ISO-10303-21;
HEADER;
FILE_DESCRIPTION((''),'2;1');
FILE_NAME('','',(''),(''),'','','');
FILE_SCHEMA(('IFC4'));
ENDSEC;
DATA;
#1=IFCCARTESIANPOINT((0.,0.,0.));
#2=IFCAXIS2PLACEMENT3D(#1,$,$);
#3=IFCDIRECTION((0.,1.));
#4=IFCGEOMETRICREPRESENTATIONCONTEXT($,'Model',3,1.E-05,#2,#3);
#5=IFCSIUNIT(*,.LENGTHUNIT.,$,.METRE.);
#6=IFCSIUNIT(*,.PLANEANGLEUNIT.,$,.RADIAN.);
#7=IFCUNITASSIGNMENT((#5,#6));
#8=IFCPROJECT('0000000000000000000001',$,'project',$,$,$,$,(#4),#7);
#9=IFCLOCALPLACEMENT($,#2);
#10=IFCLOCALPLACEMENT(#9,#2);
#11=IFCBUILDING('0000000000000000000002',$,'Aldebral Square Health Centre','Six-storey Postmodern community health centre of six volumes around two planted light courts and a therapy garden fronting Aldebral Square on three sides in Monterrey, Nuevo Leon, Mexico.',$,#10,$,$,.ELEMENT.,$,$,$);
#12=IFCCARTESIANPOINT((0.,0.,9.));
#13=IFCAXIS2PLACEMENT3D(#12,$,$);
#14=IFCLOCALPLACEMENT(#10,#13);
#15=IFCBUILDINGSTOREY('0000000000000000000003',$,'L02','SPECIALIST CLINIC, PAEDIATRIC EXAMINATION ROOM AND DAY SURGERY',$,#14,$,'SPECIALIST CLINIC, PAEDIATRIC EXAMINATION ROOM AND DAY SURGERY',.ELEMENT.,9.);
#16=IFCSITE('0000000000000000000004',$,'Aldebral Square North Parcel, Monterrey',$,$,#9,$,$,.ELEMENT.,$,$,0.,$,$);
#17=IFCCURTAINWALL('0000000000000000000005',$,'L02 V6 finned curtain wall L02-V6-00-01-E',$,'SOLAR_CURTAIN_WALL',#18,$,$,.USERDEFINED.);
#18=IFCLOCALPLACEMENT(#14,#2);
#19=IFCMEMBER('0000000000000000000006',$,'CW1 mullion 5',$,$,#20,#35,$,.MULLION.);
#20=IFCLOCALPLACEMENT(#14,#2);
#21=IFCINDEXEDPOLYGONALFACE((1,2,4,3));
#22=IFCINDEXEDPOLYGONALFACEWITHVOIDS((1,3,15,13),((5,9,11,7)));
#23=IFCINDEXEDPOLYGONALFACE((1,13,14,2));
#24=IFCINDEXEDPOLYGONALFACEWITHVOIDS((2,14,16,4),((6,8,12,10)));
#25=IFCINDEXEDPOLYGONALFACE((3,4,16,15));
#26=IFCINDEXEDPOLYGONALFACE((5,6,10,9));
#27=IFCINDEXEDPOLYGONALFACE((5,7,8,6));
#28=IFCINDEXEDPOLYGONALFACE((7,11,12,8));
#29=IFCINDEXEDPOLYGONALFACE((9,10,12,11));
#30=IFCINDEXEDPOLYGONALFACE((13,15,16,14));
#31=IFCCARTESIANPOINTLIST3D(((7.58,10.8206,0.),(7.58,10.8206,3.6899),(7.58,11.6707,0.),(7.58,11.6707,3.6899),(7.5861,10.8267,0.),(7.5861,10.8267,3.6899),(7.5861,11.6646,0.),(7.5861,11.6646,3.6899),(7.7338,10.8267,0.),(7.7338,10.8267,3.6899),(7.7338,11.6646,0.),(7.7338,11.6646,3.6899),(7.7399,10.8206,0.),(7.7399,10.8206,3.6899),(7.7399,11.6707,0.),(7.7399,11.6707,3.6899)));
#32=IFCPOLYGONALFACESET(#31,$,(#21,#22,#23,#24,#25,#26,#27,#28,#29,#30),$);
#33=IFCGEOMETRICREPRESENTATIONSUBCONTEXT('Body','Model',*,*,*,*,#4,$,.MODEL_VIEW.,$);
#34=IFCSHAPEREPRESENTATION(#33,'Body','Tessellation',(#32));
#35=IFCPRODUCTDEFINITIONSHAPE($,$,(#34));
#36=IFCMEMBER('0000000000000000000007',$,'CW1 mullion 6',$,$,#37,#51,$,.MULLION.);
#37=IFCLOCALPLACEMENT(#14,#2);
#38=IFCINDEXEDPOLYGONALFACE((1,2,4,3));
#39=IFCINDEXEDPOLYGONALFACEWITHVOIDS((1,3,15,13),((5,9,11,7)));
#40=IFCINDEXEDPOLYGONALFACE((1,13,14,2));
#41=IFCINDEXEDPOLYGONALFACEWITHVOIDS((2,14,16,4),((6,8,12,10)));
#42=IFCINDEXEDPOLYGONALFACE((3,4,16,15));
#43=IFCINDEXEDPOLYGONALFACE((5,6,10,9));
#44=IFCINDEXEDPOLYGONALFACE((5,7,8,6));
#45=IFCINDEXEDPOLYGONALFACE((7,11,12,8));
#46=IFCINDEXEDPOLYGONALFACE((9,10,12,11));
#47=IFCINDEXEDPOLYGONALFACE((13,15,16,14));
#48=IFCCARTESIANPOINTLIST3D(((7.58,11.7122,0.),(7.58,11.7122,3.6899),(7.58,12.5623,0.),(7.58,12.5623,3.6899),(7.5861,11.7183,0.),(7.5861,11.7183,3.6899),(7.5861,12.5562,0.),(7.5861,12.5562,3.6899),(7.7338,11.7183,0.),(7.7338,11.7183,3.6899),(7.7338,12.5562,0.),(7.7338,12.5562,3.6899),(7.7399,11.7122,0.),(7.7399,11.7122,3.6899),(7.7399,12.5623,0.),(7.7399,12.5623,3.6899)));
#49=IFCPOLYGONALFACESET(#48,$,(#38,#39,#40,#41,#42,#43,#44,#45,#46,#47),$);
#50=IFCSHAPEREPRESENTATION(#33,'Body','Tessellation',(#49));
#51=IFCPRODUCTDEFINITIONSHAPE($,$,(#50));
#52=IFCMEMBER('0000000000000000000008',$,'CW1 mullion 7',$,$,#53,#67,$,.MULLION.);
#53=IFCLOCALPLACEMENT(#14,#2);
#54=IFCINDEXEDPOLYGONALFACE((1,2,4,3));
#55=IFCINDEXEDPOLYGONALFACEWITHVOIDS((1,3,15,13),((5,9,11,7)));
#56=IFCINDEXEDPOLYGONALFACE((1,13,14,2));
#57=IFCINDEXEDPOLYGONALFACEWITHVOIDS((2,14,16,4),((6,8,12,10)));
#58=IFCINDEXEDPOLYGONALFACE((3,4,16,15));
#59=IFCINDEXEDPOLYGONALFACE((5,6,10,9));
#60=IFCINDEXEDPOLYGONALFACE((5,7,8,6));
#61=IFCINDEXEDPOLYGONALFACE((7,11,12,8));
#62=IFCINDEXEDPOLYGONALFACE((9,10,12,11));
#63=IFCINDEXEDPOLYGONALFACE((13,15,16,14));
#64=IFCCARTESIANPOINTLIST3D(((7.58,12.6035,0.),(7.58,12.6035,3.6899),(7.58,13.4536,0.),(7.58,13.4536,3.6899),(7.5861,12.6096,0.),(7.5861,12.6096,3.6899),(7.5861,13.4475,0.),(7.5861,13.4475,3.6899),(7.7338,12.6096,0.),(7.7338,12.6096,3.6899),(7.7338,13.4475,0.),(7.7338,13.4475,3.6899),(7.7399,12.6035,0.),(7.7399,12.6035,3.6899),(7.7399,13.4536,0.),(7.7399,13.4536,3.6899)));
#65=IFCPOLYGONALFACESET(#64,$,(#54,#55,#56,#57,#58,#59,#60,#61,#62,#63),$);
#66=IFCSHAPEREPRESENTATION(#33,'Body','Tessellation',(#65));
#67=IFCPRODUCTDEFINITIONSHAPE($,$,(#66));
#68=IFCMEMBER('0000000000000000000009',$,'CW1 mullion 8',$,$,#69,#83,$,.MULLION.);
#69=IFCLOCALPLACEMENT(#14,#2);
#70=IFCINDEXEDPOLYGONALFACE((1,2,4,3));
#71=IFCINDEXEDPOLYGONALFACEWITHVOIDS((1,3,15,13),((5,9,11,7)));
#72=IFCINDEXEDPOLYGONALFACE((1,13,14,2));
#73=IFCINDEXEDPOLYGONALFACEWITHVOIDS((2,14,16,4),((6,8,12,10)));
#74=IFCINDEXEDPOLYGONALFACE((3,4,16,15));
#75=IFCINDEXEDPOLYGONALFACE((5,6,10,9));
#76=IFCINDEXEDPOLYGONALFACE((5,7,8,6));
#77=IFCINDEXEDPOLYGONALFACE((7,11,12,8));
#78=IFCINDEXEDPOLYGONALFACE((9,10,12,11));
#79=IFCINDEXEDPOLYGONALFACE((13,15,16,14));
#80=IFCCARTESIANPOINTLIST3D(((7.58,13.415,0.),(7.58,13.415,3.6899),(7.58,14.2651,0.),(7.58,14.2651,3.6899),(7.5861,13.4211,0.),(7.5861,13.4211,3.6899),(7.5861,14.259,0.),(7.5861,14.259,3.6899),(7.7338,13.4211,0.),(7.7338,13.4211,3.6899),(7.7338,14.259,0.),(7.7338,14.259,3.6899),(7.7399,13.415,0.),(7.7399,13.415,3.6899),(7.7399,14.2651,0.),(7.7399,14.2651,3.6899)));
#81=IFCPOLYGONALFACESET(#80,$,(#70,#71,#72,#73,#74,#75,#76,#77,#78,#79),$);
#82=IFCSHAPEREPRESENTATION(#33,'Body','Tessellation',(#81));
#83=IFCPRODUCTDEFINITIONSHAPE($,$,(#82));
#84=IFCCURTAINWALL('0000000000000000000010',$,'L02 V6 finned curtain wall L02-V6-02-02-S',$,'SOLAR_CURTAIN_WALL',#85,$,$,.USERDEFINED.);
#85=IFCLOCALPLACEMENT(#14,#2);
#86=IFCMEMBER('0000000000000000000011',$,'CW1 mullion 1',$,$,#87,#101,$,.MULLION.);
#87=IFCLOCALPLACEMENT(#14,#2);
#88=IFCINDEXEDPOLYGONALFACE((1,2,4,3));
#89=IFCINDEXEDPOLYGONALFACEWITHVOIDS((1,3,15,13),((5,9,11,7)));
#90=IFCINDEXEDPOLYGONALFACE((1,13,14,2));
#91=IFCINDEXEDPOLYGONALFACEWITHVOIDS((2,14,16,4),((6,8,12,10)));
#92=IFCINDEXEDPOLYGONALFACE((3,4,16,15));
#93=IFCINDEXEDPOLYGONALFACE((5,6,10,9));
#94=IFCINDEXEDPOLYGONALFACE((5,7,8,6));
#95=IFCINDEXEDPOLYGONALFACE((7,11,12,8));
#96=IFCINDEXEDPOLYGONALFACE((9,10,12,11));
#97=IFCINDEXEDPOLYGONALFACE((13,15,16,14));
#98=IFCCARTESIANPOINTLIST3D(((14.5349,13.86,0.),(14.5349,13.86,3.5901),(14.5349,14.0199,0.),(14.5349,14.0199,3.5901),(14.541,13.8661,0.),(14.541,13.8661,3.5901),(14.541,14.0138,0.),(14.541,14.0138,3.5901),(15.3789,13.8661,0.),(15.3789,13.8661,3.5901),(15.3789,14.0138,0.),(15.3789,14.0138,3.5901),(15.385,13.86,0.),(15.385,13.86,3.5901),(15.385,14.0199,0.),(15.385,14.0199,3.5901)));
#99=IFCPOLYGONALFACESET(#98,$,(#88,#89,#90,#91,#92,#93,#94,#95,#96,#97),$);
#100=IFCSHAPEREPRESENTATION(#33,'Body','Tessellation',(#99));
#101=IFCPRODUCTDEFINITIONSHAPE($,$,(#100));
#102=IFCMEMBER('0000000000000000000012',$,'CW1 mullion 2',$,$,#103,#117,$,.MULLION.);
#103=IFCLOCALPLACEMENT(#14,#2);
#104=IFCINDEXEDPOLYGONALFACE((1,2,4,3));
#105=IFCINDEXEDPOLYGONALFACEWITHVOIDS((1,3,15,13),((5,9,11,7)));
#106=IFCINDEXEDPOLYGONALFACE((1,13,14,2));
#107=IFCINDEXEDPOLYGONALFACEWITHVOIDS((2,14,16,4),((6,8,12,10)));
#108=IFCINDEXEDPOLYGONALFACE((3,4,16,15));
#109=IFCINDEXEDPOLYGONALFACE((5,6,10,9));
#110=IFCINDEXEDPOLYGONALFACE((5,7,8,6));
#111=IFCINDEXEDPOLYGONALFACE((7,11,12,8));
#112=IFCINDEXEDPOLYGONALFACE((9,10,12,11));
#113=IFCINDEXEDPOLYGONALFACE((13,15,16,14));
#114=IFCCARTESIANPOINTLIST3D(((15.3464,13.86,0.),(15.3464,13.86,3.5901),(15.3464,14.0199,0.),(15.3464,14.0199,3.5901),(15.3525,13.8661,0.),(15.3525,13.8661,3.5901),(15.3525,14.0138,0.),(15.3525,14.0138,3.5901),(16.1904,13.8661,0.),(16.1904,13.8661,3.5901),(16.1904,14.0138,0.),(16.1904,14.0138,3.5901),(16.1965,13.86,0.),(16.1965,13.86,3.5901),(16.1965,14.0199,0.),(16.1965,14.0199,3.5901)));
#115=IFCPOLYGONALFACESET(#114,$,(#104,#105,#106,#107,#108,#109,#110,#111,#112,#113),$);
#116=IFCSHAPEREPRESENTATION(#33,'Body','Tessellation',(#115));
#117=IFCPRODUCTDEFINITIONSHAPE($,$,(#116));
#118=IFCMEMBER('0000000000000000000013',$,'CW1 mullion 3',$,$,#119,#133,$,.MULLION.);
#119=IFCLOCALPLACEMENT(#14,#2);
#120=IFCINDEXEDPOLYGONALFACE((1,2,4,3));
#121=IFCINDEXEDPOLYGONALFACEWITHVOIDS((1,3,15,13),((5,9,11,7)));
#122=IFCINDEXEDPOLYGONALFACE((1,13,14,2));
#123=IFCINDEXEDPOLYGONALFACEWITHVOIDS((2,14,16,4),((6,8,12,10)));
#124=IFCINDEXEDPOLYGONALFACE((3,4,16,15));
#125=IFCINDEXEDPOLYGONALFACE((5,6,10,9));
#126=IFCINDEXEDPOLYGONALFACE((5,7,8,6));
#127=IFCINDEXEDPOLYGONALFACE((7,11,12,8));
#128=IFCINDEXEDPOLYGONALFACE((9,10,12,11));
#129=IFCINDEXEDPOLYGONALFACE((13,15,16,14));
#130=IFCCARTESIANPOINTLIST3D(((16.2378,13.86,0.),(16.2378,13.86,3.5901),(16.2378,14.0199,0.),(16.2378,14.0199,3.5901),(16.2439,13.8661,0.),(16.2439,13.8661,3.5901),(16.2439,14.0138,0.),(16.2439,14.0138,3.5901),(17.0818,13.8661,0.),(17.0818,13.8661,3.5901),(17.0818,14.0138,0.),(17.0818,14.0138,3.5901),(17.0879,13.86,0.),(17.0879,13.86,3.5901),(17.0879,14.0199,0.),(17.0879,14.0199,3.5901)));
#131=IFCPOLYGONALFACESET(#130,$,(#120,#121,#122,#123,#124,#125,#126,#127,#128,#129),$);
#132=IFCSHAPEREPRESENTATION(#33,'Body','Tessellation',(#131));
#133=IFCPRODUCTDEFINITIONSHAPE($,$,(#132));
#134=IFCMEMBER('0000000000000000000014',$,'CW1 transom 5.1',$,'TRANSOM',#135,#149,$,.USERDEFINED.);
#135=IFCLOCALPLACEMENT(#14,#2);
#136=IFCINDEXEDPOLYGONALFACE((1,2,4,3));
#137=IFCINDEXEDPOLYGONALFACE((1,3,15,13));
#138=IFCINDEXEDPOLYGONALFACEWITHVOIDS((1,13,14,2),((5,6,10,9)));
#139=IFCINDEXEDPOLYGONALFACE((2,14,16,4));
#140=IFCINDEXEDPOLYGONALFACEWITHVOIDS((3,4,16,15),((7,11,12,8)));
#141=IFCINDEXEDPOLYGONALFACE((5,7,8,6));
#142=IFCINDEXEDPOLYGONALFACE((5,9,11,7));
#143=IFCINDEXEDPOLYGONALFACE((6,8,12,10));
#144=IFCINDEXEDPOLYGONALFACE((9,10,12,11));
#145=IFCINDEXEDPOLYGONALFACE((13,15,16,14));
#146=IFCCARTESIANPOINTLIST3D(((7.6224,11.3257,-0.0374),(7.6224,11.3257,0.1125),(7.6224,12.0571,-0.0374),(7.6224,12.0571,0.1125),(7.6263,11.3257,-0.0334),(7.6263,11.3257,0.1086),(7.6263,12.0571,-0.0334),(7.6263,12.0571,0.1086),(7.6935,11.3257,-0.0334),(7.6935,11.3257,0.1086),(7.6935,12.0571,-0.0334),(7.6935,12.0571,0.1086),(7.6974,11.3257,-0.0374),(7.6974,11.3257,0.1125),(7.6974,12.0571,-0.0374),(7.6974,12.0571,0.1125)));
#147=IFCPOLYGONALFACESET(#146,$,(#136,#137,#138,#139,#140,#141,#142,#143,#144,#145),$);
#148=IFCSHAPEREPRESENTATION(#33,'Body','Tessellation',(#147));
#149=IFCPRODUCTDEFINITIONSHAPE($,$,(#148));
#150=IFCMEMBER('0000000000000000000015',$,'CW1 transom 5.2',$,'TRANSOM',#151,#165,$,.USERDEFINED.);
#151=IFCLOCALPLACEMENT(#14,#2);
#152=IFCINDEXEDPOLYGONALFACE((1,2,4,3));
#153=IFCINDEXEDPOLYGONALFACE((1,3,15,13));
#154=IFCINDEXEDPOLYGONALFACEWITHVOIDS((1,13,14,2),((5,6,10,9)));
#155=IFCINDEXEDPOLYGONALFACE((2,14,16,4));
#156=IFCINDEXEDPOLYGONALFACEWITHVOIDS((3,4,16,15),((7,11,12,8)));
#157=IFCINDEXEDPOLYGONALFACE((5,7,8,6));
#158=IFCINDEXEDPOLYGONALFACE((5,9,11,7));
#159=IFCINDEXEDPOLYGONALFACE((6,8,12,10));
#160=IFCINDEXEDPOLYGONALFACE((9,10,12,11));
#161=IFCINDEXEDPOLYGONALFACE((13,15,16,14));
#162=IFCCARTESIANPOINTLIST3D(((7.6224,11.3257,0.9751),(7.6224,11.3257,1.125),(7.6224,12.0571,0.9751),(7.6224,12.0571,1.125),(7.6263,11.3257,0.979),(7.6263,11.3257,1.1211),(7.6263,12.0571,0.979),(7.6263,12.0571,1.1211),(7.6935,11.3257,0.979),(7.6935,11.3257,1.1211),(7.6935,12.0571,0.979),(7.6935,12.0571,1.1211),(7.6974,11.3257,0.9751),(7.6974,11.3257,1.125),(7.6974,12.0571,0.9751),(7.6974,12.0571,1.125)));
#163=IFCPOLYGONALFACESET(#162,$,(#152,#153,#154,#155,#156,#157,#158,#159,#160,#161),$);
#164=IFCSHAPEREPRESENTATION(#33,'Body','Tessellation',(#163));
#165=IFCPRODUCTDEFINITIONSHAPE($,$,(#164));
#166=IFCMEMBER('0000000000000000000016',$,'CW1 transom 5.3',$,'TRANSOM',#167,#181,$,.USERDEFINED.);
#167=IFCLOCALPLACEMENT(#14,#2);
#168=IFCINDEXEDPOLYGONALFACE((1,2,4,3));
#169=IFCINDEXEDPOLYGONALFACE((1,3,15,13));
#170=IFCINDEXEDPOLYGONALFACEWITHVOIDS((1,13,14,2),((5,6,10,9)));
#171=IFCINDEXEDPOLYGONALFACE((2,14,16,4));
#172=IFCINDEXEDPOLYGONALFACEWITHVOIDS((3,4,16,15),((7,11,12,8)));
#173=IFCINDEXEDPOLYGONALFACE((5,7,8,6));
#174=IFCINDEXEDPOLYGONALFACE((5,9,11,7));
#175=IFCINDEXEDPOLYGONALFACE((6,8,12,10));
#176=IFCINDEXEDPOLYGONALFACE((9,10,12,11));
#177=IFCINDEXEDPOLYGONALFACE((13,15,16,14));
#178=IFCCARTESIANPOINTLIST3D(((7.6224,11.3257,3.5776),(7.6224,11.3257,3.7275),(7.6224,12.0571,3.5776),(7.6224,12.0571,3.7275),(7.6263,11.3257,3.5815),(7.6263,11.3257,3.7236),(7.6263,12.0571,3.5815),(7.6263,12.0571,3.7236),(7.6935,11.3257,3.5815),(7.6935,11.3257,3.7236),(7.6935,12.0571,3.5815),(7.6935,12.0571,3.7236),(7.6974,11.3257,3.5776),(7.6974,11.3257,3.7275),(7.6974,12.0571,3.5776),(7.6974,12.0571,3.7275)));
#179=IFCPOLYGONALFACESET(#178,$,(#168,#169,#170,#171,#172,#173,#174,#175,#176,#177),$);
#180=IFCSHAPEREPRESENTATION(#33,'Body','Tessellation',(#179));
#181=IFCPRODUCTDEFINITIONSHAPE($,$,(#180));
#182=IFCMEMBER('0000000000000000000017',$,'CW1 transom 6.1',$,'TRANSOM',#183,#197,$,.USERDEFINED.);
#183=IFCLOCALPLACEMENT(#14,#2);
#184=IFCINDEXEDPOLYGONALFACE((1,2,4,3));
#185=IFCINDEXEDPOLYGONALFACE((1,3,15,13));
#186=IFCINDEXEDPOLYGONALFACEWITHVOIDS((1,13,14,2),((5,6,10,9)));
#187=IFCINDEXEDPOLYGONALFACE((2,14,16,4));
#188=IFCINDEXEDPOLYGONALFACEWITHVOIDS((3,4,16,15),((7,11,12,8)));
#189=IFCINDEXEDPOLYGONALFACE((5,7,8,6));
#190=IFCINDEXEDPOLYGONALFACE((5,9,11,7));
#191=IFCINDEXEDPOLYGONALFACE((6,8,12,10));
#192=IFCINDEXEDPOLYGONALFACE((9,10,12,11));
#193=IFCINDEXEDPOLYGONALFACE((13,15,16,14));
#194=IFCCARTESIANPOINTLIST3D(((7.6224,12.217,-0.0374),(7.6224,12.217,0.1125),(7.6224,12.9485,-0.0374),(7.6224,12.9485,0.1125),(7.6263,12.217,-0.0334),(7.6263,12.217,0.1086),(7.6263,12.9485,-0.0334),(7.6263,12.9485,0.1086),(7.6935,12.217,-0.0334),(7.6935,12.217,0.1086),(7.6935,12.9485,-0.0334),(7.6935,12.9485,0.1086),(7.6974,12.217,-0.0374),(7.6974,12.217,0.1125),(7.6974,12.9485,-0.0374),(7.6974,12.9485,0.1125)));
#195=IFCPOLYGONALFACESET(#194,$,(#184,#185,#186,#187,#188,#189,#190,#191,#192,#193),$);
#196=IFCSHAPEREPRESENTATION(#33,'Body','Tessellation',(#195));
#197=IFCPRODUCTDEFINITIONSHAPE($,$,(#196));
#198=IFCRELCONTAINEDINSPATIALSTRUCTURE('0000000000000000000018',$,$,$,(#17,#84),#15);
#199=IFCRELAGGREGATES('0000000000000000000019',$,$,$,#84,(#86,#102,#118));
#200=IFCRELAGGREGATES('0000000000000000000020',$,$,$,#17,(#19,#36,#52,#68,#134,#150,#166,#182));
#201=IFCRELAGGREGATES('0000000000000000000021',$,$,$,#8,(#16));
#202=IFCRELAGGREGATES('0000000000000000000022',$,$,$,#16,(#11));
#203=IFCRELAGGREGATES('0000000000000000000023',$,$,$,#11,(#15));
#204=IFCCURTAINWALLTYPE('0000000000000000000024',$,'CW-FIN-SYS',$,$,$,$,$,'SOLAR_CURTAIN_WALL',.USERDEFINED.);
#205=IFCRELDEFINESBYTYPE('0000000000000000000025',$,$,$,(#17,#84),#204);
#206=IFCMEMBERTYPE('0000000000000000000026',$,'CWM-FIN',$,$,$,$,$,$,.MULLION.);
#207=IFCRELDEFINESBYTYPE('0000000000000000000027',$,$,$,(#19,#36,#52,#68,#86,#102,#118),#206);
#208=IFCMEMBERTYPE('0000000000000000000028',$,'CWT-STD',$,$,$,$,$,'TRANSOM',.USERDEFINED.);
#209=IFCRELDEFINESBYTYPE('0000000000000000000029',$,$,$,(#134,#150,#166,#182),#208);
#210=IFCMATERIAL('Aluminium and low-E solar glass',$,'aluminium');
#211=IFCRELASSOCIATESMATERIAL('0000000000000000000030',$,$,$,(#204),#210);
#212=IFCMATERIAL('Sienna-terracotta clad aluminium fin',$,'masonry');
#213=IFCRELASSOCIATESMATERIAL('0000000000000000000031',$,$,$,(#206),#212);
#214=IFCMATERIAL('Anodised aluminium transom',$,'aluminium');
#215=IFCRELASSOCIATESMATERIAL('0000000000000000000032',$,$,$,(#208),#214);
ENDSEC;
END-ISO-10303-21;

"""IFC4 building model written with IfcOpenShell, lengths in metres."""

from ifc_helpers import new_model, si_unit, direction, frame, origin, origin_2d, place, context, subcontext, project, spatial, hollow_rectangle, extrude, material, material_profile, profile_set, type_object, element, aggregate, save


model = new_model("IFC4")

# Units and contexts
model_context = context("Model", 3, precision=1e-05, world=origin(), true_north=direction((0.0, 1.0)))
body_context = subcontext(model_context, "Body", "Model", "MODEL_VIEW")
ifc_project = project(units=[si_unit("LENGTHUNIT", "METRE"), si_unit("PLANEANGLEUNIT", "RADIAN")], contexts=[model_context])

# Site, building, storey
site_placement = place(None, origin())
site = spatial("IfcSite", under=ifc_project, at=site_placement, Name="Aldebral Square North Parcel, Monterrey", CompositionType="ELEMENT", RefElevation=0.0)
building_placement = place(site_placement, origin())
building = spatial("IfcBuilding", under=site, at=building_placement, Name="Aldebral Square Health Centre", Description="Six-storey Postmodern community health centre of six volumes around two planted light courts and a therapy garden fronting Aldebral Square on three sides in Monterrey, Nuevo Leon, Mexico.", CompositionType="ELEMENT")
storey_placement = place(building_placement, frame((0.0, 0.0, 9.0)))
storey = spatial("IfcBuildingStorey", under=building, at=storey_placement, Name="L02", Description="SPECIALIST CLINIC, PAEDIATRIC EXAMINATION ROOM AND DAY SURGERY", LongName="SPECIALIST CLINIC, PAEDIATRIC EXAMINATION ROOM AND DAY SURGERY", CompositionType="ELEMENT", Elevation=9.0)

# Curtain walls, members
ifc_material_1 = material(Name="Aluminium and low-E solar glass", Category="aluminium")
curtain_wall_type = type_object("IfcCurtainWallType", Name="CW-FIN-SYS", ElementType="SOLAR_CURTAIN_WALL", PredefinedType="USERDEFINED", material=ifc_material_1)
curtain_wall_1_placement = place(storey_placement, origin())
curtain_wall_1 = element("IfcCurtainWall", 1, at=curtain_wall_1_placement, inside=storey, type_object=curtain_wall_type, Name="L02 V6 finned curtain wall L02-V6-00-01-E", ObjectType="SOLAR_CURTAIN_WALL", PredefinedType="USERDEFINED")
ifc_material_2 = material(Name="Sienna-terracotta clad aluminium fin", Category="masonry")
ifc_material_profile_1 = material_profile(ifc_material_2, hollow_rectangle(XDim=0.1599, YDim=0.8501, WallThickness=0.0061, at=origin_2d()), Name="FIN 160x850x6")
ifc_profile_set_1 = profile_set([ifc_material_profile_1], Name="Sienna-terracotta clad aluminium fin")
member_type_1 = type_object("IfcMemberType", Name="CWM-FIN", PredefinedType="MULLION", material=ifc_profile_set_1)
member_1_placement = place(storey_placement, frame((7.6599, 11.2456, 0.0), z_axis=(0.0, 0.0, 1.0), x_axis=(-1.0, 0.0, 0.0)))
member_1 = element("IfcMember", 2, at=member_1_placement, type_object=member_type_1, Name="CW1 mullion 5", PredefinedType="MULLION", context=body_context, shape_type="SweptSolid", body=[
    extrude(hollow_rectangle(XDim=0.1599, YDim=0.8501, WallThickness=0.0061, at=origin_2d()), origin(), (0.0, 0.0, 1.0), 3.6899),
])
member_2_placement = place(storey_placement, frame((7.6599, 12.1372, 0.0), z_axis=(0.0, 0.0, 1.0), x_axis=(-1.0, 0.0, 0.0)))
member_2 = element("IfcMember", 3, at=member_2_placement, type_object=member_type_1, Name="CW1 mullion 6", PredefinedType="MULLION", context=body_context, shape_type="SweptSolid", body=[
    extrude(hollow_rectangle(XDim=0.1599, YDim=0.8501, WallThickness=0.0061, at=origin_2d()), origin(), (0.0, 0.0, 1.0), 3.6899),
])
member_3_placement = place(storey_placement, frame((7.6599, 13.0286, 0.0), z_axis=(0.0, 0.0, 1.0), x_axis=(-1.0, 0.0, 0.0)))
member_3 = element("IfcMember", 4, at=member_3_placement, type_object=member_type_1, Name="CW1 mullion 7", PredefinedType="MULLION", context=body_context, shape_type="SweptSolid", body=[
    extrude(hollow_rectangle(XDim=0.1599, YDim=0.8501, WallThickness=0.0061, at=origin_2d()), origin(), (0.0, 0.0, 1.0), 3.6899),
])
member_4_placement = place(storey_placement, frame((7.6599, 13.8401, 0.0), z_axis=(0.0, 0.0, 1.0), x_axis=(-1.0, 0.0, 0.0)))
member_4 = element("IfcMember", 5, at=member_4_placement, type_object=member_type_1, Name="CW1 mullion 8", PredefinedType="MULLION", context=body_context, shape_type="SweptSolid", body=[
    extrude(hollow_rectangle(XDim=0.1599, YDim=0.8501, WallThickness=0.0061, at=origin_2d()), origin(), (0.0, 0.0, 1.0), 3.6899),
])
curtain_wall_2_placement = place(storey_placement, origin())
curtain_wall_2 = element("IfcCurtainWall", 6, at=curtain_wall_2_placement, inside=storey, type_object=curtain_wall_type, Name="L02 V6 finned curtain wall L02-V6-02-02-S", ObjectType="SOLAR_CURTAIN_WALL", PredefinedType="USERDEFINED")
member_5_placement = place(storey_placement, frame((14.96, 13.9399, 0.0), z_axis=(0.0, 0.0, 1.0), x_axis=(0.0, 1.0, 0.0)))
member_5 = element("IfcMember", 7, at=member_5_placement, type_object=member_type_1, Name="CW1 mullion 1", PredefinedType="MULLION", context=body_context, shape_type="SweptSolid", body=[
    extrude(hollow_rectangle(XDim=0.1599, YDim=0.8501, WallThickness=0.0061, at=origin_2d()), origin(), (0.0, 0.0, 1.0), 3.5901),
])
member_6_placement = place(storey_placement, frame((15.7715, 13.9399, 0.0), z_axis=(0.0, 0.0, 1.0), x_axis=(0.0, 1.0, 0.0)))
member_6 = element("IfcMember", 8, at=member_6_placement, type_object=member_type_1, Name="CW1 mullion 2", PredefinedType="MULLION", context=body_context, shape_type="SweptSolid", body=[
    extrude(hollow_rectangle(XDim=0.1599, YDim=0.8501, WallThickness=0.0061, at=origin_2d()), origin(), (0.0, 0.0, 1.0), 3.5901),
])
member_7_placement = place(storey_placement, frame((16.6628, 13.9399, 0.0), z_axis=(0.0, 0.0, 1.0), x_axis=(0.0, 1.0, 0.0)))
member_7 = element("IfcMember", 9, at=member_7_placement, type_object=member_type_1, Name="CW1 mullion 3", PredefinedType="MULLION", context=body_context, shape_type="SweptSolid", body=[
    extrude(hollow_rectangle(XDim=0.1599, YDim=0.8501, WallThickness=0.0061, at=origin_2d()), origin(), (0.0, 0.0, 1.0), 3.5901),
])

# Members
ifc_material_3 = material(Name="Anodised aluminium transom", Category="aluminium")
ifc_material_profile_2 = material_profile(ifc_material_3, hollow_rectangle(XDim=0.075, YDim=0.1499, WallThickness=0.0039, at=origin_2d()), Name="CWT 75x150x4")
ifc_profile_set_2 = profile_set([ifc_material_profile_2], Name="Anodised aluminium transom")
member_type_2 = type_object("IfcMemberType", Name="CWT-STD", ElementType="TRANSOM", PredefinedType="USERDEFINED", material=ifc_profile_set_2)
member_8_placement = place(storey_placement, frame((7.6599, 11.3257, 0.0376), z_axis=(0.0, 1.0, 0.0), x_axis=(-1.0, 0.0, 0.0)))
member_8 = element("IfcMember", 10, at=member_8_placement, type_object=member_type_2, Name="CW1 transom 5.1", ObjectType="TRANSOM", PredefinedType="USERDEFINED", context=body_context, shape_type="SweptSolid", body=[
    extrude(hollow_rectangle(XDim=0.075, YDim=0.1499, WallThickness=0.0039, at=origin_2d()), origin(), (0.0, 0.0, 1.0), 0.7314),
])
member_9_placement = place(storey_placement, frame((7.6599, 11.3257, 1.05), z_axis=(0.0, 1.0, 0.0), x_axis=(-1.0, 0.0, 0.0)))
member_9 = element("IfcMember", 11, at=member_9_placement, type_object=member_type_2, Name="CW1 transom 5.2", ObjectType="TRANSOM", PredefinedType="USERDEFINED", context=body_context, shape_type="SweptSolid", body=[
    extrude(hollow_rectangle(XDim=0.075, YDim=0.1499, WallThickness=0.0039, at=origin_2d()), origin(), (0.0, 0.0, 1.0), 0.7314),
])
member_10_placement = place(storey_placement, frame((7.6599, 11.3257, 3.6526), z_axis=(0.0, 1.0, 0.0), x_axis=(-1.0, 0.0, 0.0)))
member_10 = element("IfcMember", 12, at=member_10_placement, type_object=member_type_2, Name="CW1 transom 5.3", ObjectType="TRANSOM", PredefinedType="USERDEFINED", context=body_context, shape_type="SweptSolid", body=[
    extrude(hollow_rectangle(XDim=0.075, YDim=0.1499, WallThickness=0.0039, at=origin_2d()), origin(), (0.0, 0.0, 1.0), 0.7314),
])
member_11_placement = place(storey_placement, frame((7.6599, 12.217, 0.0376), z_axis=(0.0, 1.0, 0.0), x_axis=(-1.0, 0.0, 0.0)))
member_11 = element("IfcMember", 13, at=member_11_placement, type_object=member_type_2, Name="CW1 transom 6.1", ObjectType="TRANSOM", PredefinedType="USERDEFINED", context=body_context, shape_type="SweptSolid", body=[
    extrude(hollow_rectangle(XDim=0.075, YDim=0.1499, WallThickness=0.0039, at=origin_2d()), origin(), (0.0, 0.0, 1.0), 0.7314),
])

aggregate(curtain_wall_2, [member_5, member_6, member_7])
aggregate(curtain_wall_1, [member_1, member_2, member_3, member_4, member_8, member_9, member_10, member_11])

save(model, "model.ifc")
